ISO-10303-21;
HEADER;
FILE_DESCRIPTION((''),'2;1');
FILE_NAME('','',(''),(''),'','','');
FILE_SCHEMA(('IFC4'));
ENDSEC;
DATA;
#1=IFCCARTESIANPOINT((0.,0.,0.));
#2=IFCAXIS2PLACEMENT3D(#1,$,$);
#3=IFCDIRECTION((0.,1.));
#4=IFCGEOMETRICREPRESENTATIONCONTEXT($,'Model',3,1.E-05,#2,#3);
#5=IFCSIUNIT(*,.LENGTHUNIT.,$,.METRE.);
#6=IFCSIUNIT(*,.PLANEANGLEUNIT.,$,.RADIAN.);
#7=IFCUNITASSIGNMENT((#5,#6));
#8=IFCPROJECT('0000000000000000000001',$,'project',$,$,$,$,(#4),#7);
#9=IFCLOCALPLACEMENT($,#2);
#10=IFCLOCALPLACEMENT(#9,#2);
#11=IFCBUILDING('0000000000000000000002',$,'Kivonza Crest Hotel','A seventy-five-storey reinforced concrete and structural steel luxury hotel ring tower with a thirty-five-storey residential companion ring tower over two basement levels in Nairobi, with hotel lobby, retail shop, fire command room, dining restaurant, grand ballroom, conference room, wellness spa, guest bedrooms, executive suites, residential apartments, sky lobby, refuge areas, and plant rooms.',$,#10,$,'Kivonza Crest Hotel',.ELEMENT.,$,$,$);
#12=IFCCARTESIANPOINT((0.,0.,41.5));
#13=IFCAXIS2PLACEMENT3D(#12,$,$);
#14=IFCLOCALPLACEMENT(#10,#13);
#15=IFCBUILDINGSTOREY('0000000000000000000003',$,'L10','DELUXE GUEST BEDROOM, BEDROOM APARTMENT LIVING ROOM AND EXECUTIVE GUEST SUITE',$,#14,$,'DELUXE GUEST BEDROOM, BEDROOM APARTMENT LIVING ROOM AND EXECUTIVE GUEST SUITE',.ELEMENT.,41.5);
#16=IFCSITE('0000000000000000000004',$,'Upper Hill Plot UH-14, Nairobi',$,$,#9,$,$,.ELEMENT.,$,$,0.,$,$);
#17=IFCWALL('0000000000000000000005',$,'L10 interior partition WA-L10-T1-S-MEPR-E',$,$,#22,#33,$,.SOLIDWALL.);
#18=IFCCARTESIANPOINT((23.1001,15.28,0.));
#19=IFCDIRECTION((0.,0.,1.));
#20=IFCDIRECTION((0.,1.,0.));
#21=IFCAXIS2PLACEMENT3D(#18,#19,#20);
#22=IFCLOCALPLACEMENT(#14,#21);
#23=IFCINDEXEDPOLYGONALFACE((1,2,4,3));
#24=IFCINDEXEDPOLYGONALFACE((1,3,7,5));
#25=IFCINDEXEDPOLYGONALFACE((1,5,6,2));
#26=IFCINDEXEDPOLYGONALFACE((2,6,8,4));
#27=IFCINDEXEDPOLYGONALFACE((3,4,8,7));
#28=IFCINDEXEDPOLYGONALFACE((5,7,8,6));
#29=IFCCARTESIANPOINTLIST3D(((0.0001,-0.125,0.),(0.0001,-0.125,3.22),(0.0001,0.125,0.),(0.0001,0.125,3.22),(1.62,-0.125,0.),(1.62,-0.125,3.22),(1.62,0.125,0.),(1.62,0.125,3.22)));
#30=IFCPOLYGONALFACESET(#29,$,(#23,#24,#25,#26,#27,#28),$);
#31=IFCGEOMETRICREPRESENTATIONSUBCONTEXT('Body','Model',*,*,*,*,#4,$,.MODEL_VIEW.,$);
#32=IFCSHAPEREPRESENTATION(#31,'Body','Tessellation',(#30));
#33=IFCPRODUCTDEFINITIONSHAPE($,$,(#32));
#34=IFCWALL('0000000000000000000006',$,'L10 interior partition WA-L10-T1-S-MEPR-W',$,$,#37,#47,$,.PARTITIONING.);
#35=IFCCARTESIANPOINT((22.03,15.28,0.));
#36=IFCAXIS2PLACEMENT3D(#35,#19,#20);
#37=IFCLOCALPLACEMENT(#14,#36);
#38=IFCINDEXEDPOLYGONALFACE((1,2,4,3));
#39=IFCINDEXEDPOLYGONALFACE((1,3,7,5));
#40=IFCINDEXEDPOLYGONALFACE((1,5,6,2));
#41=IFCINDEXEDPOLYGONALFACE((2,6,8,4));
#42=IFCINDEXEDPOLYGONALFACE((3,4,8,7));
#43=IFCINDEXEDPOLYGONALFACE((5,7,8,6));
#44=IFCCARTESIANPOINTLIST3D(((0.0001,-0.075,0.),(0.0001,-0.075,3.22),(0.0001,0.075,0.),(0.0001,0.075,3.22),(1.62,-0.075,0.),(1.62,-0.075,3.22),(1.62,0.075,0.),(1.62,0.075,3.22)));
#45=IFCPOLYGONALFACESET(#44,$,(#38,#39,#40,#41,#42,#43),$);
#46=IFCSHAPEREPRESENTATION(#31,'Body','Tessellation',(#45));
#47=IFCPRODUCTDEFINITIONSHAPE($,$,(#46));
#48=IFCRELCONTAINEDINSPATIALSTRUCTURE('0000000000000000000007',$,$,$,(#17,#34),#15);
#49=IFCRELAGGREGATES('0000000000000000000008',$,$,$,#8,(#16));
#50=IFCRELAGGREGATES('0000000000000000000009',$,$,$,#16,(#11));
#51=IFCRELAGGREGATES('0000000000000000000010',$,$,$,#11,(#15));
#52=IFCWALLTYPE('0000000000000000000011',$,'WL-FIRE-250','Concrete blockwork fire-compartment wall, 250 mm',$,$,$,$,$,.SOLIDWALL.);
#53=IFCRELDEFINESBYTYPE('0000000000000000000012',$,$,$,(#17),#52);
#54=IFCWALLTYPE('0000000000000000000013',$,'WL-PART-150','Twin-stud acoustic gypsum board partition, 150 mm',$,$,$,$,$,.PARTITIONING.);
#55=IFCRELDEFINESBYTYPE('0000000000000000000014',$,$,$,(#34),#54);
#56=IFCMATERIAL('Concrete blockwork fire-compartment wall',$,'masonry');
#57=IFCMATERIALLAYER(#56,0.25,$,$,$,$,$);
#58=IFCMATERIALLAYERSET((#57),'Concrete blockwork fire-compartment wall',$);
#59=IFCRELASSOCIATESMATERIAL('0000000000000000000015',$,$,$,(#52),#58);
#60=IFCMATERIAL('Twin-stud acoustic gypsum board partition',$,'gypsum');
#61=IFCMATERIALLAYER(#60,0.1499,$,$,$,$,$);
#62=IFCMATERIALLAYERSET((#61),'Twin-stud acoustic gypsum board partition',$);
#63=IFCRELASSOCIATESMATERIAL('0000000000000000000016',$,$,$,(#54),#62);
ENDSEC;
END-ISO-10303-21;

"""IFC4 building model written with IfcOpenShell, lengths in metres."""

from ifc_helpers import new_model, si_unit, direction, frame, frame_2d, origin, place, context, subcontext, project, spatial, rectangle, extrude, material, layer, layer_set, type_object, element, save


model = new_model("IFC4")

# Units and contexts
model_context = context("Model", 3, precision=1e-05, world=origin(), true_north=direction((0.0, 1.0)))
body_context = subcontext(model_context, "Body", "Model", "MODEL_VIEW")
ifc_project = project(units=[si_unit("LENGTHUNIT", "METRE"), si_unit("PLANEANGLEUNIT", "RADIAN")], contexts=[model_context])

# Site, building, storey
site_placement = place(None, origin())
site = spatial("IfcSite", under=ifc_project, at=site_placement, Name="Upper Hill Plot UH-14, Nairobi", CompositionType="ELEMENT", RefElevation=0.0)
building_placement = place(site_placement, origin())
building = spatial("IfcBuilding", under=site, at=building_placement, Name="Kivonza Crest Hotel", Description="A seventy-five-storey reinforced concrete and structural steel luxury hotel ring tower with a thirty-five-storey residential companion ring tower over two basement levels in Nairobi, with hotel lobby, retail shop, fire command room, dining restaurant, grand ballroom, conference room, wellness spa, guest bedrooms, executive suites, residential apartments, sky lobby, refuge areas, and plant rooms.", LongName="Kivonza Crest Hotel", CompositionType="ELEMENT")
storey_placement = place(building_placement, frame((0.0, 0.0, 41.5)))
storey = spatial("IfcBuildingStorey", under=building, at=storey_placement, Name="L10", Description="DELUXE GUEST BEDROOM, BEDROOM APARTMENT LIVING ROOM AND EXECUTIVE GUEST SUITE", LongName="DELUXE GUEST BEDROOM, BEDROOM APARTMENT LIVING ROOM AND EXECUTIVE GUEST SUITE", CompositionType="ELEMENT", Elevation=41.5)

# Wall
ifc_material_1 = material(Name="Concrete blockwork fire-compartment wall", Category="masonry")
ifc_layer_1 = layer(ifc_material_1, 0.25)
ifc_layer_set_1 = layer_set([ifc_layer_1], Name="Concrete blockwork fire-compartment wall")
wall_type_1 = type_object("IfcWallType", Name="WL-FIRE-250", Description="Concrete blockwork fire-compartment wall, 250 mm", PredefinedType="SOLIDWALL", material=ifc_layer_set_1)
wall_1_placement = place(storey_placement, frame((23.1001, 15.28, 0.0), z_axis=(0.0, 0.0, 1.0), x_axis=(0.0, 1.0, 0.0)))
element("IfcWall", 1, at=wall_1_placement, inside=storey, type_object=wall_type_1, Name="L10 interior partition WA-L10-T1-S-MEPR-E", PredefinedType="SOLIDWALL", context=body_context, shape_type="SweptSolid", body=[
    extrude(rectangle(XDim=1.6199, YDim=0.25, at=frame_2d((0.8101, 0.0))), origin(), (0.0, 0.0, 1.0), 3.22),
])

# Wall
ifc_material_2 = material(Name="Twin-stud acoustic gypsum board partition", Category="gypsum")
ifc_layer_2 = layer(ifc_material_2, 0.1499)
ifc_layer_set_2 = layer_set([ifc_layer_2], Name="Twin-stud acoustic gypsum board partition")
wall_type_2 = type_object("IfcWallType", Name="WL-PART-150", Description="Twin-stud acoustic gypsum board partition, 150 mm", PredefinedType="PARTITIONING", material=ifc_layer_set_2)
wall_2_placement = place(storey_placement, frame((22.03, 15.28, 0.0), z_axis=(0.0, 0.0, 1.0), x_axis=(0.0, 1.0, 0.0)))
element("IfcWall", 2, at=wall_2_placement, inside=storey, type_object=wall_type_2, Name="L10 interior partition WA-L10-T1-S-MEPR-W", PredefinedType="PARTITIONING", context=body_context, shape_type="SweptSolid", body=[
    extrude(rectangle(XDim=1.6199, YDim=0.1499, at=frame_2d((0.8101, 0.0))), origin(), (0.0, 0.0, 1.0), 3.22),
])

save(model, "model.ifc")
